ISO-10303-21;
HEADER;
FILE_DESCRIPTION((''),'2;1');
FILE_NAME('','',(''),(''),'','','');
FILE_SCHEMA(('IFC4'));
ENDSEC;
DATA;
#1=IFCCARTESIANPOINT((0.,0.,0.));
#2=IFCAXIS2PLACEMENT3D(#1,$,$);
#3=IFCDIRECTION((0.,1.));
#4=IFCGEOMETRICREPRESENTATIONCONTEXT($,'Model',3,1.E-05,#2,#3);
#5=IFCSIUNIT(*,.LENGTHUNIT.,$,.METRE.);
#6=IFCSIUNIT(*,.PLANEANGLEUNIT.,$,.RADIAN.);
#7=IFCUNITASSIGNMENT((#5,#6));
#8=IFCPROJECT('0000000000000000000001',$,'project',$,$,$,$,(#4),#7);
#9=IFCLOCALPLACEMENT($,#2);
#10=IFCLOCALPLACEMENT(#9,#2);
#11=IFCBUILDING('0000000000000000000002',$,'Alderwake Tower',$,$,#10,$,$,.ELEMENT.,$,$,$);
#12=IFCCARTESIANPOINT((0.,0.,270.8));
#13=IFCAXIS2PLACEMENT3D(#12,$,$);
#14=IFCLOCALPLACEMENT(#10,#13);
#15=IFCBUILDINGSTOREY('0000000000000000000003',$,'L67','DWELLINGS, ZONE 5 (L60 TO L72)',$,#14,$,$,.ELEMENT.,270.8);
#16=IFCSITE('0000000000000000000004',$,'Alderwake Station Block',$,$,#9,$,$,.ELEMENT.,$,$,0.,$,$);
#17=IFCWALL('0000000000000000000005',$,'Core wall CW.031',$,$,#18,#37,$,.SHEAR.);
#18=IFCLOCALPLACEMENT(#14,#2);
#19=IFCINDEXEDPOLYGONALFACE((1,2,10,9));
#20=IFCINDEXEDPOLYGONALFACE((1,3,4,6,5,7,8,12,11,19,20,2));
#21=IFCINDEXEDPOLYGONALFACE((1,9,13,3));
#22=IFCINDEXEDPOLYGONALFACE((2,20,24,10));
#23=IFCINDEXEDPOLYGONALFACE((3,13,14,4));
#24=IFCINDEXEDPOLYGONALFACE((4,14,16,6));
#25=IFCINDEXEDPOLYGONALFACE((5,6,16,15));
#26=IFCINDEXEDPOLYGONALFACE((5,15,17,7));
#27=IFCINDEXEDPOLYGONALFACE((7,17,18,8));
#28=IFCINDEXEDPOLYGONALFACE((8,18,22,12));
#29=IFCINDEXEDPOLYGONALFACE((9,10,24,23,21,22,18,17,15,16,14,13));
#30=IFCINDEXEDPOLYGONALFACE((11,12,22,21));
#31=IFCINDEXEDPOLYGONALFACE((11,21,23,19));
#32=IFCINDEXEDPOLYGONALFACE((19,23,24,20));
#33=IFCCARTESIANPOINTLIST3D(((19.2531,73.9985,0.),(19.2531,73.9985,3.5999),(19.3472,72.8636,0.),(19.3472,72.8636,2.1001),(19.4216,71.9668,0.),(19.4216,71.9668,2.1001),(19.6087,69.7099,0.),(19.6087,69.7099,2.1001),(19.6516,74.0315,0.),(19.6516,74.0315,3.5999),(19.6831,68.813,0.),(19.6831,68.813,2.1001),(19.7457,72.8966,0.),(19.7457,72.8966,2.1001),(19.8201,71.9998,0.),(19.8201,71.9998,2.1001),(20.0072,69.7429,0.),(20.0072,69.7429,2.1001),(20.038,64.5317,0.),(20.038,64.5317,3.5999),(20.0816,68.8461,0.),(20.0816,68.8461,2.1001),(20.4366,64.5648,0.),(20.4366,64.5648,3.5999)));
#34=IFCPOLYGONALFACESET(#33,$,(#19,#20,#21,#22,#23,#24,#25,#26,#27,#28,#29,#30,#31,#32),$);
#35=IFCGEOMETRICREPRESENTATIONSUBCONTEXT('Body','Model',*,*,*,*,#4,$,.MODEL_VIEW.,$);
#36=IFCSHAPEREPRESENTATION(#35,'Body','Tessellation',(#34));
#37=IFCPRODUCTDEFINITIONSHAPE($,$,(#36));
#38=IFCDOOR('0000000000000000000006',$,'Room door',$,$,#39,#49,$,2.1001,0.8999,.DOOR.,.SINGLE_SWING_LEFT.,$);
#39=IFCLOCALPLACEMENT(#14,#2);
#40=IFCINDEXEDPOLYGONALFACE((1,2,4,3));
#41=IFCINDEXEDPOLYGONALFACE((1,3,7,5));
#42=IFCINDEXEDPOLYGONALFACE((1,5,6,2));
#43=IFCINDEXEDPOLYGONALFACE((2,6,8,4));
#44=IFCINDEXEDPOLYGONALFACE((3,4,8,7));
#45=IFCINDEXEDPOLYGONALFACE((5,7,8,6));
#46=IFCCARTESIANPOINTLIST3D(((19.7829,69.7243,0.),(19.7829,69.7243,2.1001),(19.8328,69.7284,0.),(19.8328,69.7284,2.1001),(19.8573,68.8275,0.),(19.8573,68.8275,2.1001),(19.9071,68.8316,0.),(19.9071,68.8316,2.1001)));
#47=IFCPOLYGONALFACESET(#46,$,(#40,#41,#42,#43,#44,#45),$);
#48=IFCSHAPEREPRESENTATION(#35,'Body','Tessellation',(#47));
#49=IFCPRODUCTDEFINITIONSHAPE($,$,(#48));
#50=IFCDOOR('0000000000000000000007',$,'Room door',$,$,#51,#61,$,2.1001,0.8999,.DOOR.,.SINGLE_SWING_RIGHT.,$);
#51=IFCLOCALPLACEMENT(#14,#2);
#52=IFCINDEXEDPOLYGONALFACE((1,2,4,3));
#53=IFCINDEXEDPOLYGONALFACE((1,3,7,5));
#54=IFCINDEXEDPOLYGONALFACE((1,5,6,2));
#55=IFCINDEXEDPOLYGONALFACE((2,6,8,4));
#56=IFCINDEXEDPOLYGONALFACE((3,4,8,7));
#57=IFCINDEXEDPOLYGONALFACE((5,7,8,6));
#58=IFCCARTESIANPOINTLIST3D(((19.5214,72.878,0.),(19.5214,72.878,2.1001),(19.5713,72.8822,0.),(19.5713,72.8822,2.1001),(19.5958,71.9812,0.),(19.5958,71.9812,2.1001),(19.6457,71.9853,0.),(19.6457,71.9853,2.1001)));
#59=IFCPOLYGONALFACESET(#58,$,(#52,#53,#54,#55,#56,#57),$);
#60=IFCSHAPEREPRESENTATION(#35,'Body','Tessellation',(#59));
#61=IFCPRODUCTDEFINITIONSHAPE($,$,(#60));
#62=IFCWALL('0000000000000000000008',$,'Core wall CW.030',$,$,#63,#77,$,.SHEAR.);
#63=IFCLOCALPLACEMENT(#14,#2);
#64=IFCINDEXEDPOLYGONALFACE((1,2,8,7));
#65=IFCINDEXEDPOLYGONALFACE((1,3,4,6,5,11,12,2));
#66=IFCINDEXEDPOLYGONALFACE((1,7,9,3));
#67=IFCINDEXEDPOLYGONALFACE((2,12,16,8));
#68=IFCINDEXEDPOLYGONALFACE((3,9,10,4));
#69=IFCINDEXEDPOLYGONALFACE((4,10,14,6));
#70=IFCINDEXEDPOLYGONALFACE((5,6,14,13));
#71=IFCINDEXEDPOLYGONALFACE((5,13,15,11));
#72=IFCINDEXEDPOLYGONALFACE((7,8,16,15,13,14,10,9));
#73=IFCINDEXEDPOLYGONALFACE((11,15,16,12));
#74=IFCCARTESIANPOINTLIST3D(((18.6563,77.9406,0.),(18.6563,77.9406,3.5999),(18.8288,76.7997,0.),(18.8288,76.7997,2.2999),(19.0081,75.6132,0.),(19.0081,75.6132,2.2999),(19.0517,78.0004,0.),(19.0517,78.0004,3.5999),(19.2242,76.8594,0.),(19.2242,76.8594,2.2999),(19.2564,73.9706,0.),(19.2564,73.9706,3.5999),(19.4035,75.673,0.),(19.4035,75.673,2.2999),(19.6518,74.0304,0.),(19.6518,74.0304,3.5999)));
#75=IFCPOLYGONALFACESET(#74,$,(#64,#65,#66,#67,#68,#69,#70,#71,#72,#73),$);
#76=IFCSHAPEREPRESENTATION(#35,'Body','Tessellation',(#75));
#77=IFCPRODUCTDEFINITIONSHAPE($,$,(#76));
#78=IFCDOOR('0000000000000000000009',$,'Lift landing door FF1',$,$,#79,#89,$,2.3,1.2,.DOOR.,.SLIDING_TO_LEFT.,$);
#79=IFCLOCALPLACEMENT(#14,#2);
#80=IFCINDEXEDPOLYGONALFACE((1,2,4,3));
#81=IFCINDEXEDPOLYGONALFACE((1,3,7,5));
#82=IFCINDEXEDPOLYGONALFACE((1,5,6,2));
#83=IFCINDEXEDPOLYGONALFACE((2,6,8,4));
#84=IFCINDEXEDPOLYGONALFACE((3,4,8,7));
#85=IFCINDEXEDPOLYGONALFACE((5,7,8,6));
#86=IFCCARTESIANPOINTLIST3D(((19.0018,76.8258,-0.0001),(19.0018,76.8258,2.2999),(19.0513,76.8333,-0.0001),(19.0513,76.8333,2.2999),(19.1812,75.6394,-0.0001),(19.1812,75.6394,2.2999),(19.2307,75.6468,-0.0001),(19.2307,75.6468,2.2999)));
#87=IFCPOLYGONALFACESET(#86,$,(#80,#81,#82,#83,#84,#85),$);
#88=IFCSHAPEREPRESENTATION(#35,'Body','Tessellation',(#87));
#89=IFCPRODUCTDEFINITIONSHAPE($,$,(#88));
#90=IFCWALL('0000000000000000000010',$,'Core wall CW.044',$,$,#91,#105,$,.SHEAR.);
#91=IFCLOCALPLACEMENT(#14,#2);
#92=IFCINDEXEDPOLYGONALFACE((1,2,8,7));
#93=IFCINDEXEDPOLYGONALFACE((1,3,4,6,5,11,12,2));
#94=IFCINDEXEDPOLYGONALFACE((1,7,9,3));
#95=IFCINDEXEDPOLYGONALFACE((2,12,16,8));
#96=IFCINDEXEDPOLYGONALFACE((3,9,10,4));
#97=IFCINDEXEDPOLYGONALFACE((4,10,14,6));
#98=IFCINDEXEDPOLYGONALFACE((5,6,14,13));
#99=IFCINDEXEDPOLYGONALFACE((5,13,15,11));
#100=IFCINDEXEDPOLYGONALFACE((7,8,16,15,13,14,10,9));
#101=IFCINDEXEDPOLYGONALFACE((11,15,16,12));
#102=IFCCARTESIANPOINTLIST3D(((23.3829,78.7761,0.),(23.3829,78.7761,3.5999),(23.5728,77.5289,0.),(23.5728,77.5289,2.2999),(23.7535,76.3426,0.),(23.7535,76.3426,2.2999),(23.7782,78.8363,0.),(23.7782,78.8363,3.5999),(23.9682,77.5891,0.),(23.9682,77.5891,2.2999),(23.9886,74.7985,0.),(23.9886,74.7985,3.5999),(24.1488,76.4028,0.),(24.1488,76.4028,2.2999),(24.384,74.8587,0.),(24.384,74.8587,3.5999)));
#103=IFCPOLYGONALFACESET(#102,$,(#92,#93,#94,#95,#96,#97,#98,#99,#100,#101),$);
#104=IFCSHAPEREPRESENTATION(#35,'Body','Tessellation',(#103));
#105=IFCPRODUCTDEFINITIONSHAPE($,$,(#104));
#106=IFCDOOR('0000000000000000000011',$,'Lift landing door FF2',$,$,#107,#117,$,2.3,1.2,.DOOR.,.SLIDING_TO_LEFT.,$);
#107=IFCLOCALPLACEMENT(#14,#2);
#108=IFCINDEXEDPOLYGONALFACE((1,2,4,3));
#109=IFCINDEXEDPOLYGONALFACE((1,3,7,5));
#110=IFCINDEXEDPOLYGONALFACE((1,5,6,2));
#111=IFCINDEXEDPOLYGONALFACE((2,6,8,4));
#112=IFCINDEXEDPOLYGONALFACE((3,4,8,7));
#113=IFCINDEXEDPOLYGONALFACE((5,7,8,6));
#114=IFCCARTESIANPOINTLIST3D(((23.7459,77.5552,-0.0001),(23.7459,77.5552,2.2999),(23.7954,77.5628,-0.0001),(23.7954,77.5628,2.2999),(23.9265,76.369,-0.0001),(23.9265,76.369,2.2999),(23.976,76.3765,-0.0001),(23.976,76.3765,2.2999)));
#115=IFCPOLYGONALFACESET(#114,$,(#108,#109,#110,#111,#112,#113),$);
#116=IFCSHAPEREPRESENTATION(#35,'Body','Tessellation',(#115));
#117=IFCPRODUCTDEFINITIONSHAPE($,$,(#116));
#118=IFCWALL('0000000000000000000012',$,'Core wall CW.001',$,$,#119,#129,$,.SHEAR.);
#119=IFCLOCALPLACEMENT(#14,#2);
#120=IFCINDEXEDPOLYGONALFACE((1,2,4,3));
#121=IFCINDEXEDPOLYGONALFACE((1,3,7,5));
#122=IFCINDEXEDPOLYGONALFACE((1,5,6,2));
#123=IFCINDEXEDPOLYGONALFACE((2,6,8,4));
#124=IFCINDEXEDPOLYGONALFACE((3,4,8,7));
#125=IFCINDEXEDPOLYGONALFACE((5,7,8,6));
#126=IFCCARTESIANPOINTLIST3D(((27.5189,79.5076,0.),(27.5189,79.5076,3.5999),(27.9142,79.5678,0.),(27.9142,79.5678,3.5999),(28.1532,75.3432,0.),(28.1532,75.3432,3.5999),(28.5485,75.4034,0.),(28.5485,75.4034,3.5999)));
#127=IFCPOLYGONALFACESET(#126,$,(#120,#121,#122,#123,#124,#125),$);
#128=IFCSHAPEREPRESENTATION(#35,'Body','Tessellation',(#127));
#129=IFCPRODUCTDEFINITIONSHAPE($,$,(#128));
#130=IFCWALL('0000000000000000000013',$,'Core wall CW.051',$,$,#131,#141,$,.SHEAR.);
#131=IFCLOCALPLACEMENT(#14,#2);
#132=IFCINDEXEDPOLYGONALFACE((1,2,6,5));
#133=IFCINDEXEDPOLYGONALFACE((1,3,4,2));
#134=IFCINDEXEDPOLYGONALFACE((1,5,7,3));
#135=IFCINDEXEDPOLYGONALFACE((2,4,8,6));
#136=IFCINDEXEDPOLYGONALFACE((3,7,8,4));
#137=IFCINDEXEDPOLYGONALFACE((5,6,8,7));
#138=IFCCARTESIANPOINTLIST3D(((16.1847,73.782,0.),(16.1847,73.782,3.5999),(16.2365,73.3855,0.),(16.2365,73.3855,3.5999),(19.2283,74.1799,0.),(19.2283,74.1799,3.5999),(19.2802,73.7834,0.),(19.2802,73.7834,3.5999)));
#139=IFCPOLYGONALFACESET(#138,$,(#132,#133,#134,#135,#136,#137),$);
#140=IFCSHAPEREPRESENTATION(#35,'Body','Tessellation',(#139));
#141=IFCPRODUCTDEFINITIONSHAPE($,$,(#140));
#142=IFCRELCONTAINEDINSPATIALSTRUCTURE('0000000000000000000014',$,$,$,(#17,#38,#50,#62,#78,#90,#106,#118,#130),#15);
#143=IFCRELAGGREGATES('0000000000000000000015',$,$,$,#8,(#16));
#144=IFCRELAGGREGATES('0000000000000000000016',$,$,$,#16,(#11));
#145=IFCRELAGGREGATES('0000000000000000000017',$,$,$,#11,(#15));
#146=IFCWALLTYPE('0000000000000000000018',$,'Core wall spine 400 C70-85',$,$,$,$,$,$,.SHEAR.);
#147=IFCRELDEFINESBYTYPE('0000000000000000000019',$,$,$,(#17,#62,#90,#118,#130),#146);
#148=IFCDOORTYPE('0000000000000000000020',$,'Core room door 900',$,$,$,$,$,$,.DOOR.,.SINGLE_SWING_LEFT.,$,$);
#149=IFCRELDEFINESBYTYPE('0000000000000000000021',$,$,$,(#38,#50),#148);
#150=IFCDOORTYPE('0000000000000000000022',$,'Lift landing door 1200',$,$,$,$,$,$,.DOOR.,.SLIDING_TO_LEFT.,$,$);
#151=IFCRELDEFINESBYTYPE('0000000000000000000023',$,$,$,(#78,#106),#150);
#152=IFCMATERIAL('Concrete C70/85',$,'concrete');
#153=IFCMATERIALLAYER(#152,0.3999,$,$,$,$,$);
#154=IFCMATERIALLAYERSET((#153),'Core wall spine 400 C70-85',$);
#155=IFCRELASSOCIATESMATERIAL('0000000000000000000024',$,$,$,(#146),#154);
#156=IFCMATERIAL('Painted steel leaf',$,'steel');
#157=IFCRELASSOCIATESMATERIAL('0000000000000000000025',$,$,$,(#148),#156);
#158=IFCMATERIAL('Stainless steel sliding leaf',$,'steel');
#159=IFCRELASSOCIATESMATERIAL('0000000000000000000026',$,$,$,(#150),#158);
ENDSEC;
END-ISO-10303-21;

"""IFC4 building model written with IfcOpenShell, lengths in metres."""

from ifc_helpers import new_model, si_unit, direction, frame, frame_2d, origin, place, context, subcontext, project, spatial, rectangle, extrude, material, layer, layer_set, type_object, element, fill, save


model = new_model("IFC4")

# Units and contexts
model_context = context("Model", 3, precision=1e-05, world=origin(), true_north=direction((0.0, 1.0)))
body_context = subcontext(model_context, "Body", "Model", "MODEL_VIEW")
ifc_project = project(units=[si_unit("LENGTHUNIT", "METRE"), si_unit("PLANEANGLEUNIT", "RADIAN")], contexts=[model_context])

# Site, building, storey
site_placement = place(None, origin())
site = spatial("IfcSite", under=ifc_project, at=site_placement, Name="Alderwake Station Block", CompositionType="ELEMENT", RefElevation=0.0)
building_placement = place(site_placement, origin())
building = spatial("IfcBuilding", under=site, at=building_placement, Name="Alderwake Tower", CompositionType="ELEMENT")
storey_placement = place(building_placement, frame((0.0, 0.0, 270.8)))
storey = spatial("IfcBuildingStorey", under=building, at=storey_placement, Name="L67", Description="DWELLINGS, ZONE 5 (L60 TO L72)", CompositionType="ELEMENT", Elevation=270.8)

# Wall, openings, doors
ifc_material_1 = material(Name="Concrete C70/85", Category="concrete")
ifc_layer_1 = layer(ifc_material_1, 0.3999)
ifc_layer_set_1 = layer_set([ifc_layer_1], Name="Core wall spine 400 C70-85")
wall_type_1 = type_object("IfcWallType", Name="Core wall spine 400 C70-85", PredefinedType="SHEAR", material=ifc_layer_set_1)
wall_1_placement = place(storey_placement, frame((19.4524, 74.0149, 0.0), z_axis=(0.0, 0.0, 1.0), x_axis=(0.082629, -0.99658, 0.0)))
wall_1 = element("IfcWall", 1, at=wall_1_placement, inside=storey, type_object=wall_type_1, Name="Core wall CW.031", PredefinedType="SHEAR", context=body_context, shape_type="SweptSolid", body=[
    extrude(rectangle(XDim=9.4993, YDim=0.3999, at=frame_2d((4.7495, 0.0))), origin(), (0.0, 0.0, 1.0), 3.5999),
])
opening_1_placement = place(wall_1_placement, frame((4.3032, 0.0, 0.0)))
opening_1 = element("IfcOpeningElement", 2, at=opening_1_placement, cuts=wall_1, PredefinedType="OPENING", context=body_context, shape_type="SweptSolid", body=[
    extrude(rectangle(XDim=0.8999, YDim=2.1001, at=frame_2d((0.45, 1.05))), frame((0.0, 0.21, 0.0), z_axis=(0.0, -1.0, 0.0), x_axis=(1.0, 0.0, 0.0)), (0.0, 0.0, 1.0), 0.4199),
])
opening_2_placement = place(wall_1_placement, frame((1.1387, 0.0, 0.0)))
opening_2 = element("IfcOpeningElement", 3, at=opening_2_placement, cuts=wall_1, PredefinedType="OPENING", context=body_context, shape_type="SweptSolid", body=[
    extrude(rectangle(XDim=0.8999, YDim=2.1001, at=frame_2d((0.45, 1.05))), frame((0.0, 0.21, 0.0), z_axis=(0.0, -1.0, 0.0), x_axis=(1.0, 0.0, 0.0)), (0.0, 0.0, 1.0), 0.4199),
])
ifc_material_2 = material(Name="Painted steel leaf", Category="steel")
door_type_1 = type_object("IfcDoorType", Name="Core room door 900", OperationType="SINGLE_SWING_LEFT", PredefinedType="DOOR", material=ifc_material_2)
door_1_placement = place(opening_1_placement, origin())
door_1 = element("IfcDoor", 4, at=door_1_placement, inside=storey, type_object=door_type_1, Name="Room door", OperationType="SINGLE_SWING_LEFT", OverallHeight=2.1001, OverallWidth=0.8999, PredefinedType="DOOR", context=body_context, shape_type="SweptSolid", body=[
    extrude(rectangle(XDim=0.8999, YDim=2.1001, at=frame_2d((0.45, 1.05))), frame((0.0, 0.0249, 0.0), z_axis=(0.0, -1.0, 0.0), x_axis=(1.0, 0.0, 0.0)), (0.0, 0.0, 1.0), 0.05),
])
fill(opening_1, door_1)
door_2_placement = place(opening_2_placement, origin())
door_2 = element("IfcDoor", 5, at=door_2_placement, inside=storey, type_object=door_type_1, Name="Room door", OperationType="SINGLE_SWING_RIGHT", OverallHeight=2.1001, OverallWidth=0.8999, PredefinedType="DOOR", context=body_context, shape_type="SweptSolid", body=[
    extrude(rectangle(XDim=0.8999, YDim=2.1001, at=frame_2d((0.45, 1.05))), frame((0.0, 0.0249, 0.0), z_axis=(0.0, -1.0, 0.0), x_axis=(1.0, 0.0, 0.0)), (0.0, 0.0, 1.0), 0.05),
])
fill(opening_2, door_2)

# Walls, openings, doors
wall_2_placement = place(storey_placement, frame((19.4541, 74.0005, 0.0), z_axis=(0.0, 0.0, 1.0), x_axis=(-0.149461, 0.988768, 0.0)))
wall_2 = element("IfcWall", 6, at=wall_2_placement, inside=storey, type_object=wall_type_1, Name="Core wall CW.030", PredefinedType="SHEAR", context=body_context, shape_type="SweptSolid", body=[
    extrude(rectangle(XDim=4.0151, YDim=0.3999, at=frame_2d((2.0076, 0.0))), origin(), (0.0, 0.0, 1.0), 3.5999),
])
opening_3_placement = place(wall_2_placement, frame((1.6611, 0.0, 0.0)))
opening_3 = element("IfcOpeningElement", 7, at=opening_3_placement, cuts=wall_2, PredefinedType="OPENING", context=body_context, shape_type="SweptSolid", body=[
    extrude(rectangle(XDim=1.2, YDim=2.3, at=frame_2d((0.6001, 1.1499))), frame((0.0, 0.21, 0.0), z_axis=(0.0, -1.0, 0.0), x_axis=(1.0, 0.0, 0.0)), (0.0, 0.0, 1.0), 0.4199),
])
ifc_material_3 = material(Name="Stainless steel sliding leaf", Category="steel")
door_type_2 = type_object("IfcDoorType", Name="Lift landing door 1200", OperationType="SLIDING_TO_LEFT", PredefinedType="DOOR", material=ifc_material_3)
door_3_placement = place(opening_3_placement, origin())
door_3 = element("IfcDoor", 8, at=door_3_placement, inside=storey, type_object=door_type_2, Name="Lift landing door FF1", OperationType="SLIDING_TO_LEFT", OverallHeight=2.3, OverallWidth=1.2, PredefinedType="DOOR", context=body_context, shape_type="SweptSolid", body=[
    extrude(rectangle(XDim=1.2, YDim=2.3, at=frame_2d((0.6001, 1.1499))), frame((0.0, 0.0249, 0.0), z_axis=(0.0, -1.0, 0.0), x_axis=(1.0, 0.0, 0.0)), (0.0, 0.0, 1.0), 0.05),
])
fill(opening_3, door_3)
wall_3_placement = place(storey_placement, frame((24.1863, 74.8286, 0.0), z_axis=(0.0, 0.0, 1.0), x_axis=(-0.150548, 0.988603, 0.0)))
wall_3 = element("IfcWall", 9, at=wall_3_placement, inside=storey, type_object=wall_type_1, Name="Core wall CW.044", PredefinedType="SHEAR", context=body_context, shape_type="SweptSolid", body=[
    extrude(rectangle(XDim=4.0234, YDim=0.3999, at=frame_2d((2.0117, 0.0))), origin(), (0.0, 0.0, 1.0), 3.5999),
])
opening_4_placement = place(wall_3_placement, frame((1.5618, 0.0, 0.0)))
opening_4 = element("IfcOpeningElement", 10, at=opening_4_placement, cuts=wall_3, PredefinedType="OPENING", context=body_context, shape_type="SweptSolid", body=[
    extrude(rectangle(XDim=1.2, YDim=2.3, at=frame_2d((0.6001, 1.1499))), frame((0.0, 0.21, 0.0), z_axis=(0.0, -1.0, 0.0), x_axis=(1.0, 0.0, 0.0)), (0.0, 0.0, 1.0), 0.4199),
])
door_4_placement = place(opening_4_placement, origin())
door_4 = element("IfcDoor", 11, at=door_4_placement, inside=storey, type_object=door_type_2, Name="Lift landing door FF2", OperationType="SLIDING_TO_LEFT", OverallHeight=2.3, OverallWidth=1.2, PredefinedType="DOOR", context=body_context, shape_type="SweptSolid", body=[
    extrude(rectangle(XDim=1.2, YDim=2.3, at=frame_2d((0.6001, 1.1499))), frame((0.0, 0.0249, 0.0), z_axis=(0.0, -1.0, 0.0), x_axis=(1.0, 0.0, 0.0)), (0.0, 0.0, 1.0), 0.05),
])
fill(opening_4, door_4)

# Walls
wall_4_placement = place(storey_placement, frame((28.3508, 75.3733, 0.0), z_axis=(0.0, 0.0, 1.0), x_axis=(-0.150576, 0.988598, 0.0)))
element("IfcWall", 12, at=wall_4_placement, inside=storey, type_object=wall_type_1, Name="Core wall CW.001", PredefinedType="SHEAR", context=body_context, shape_type="SweptSolid", body=[
    extrude(rectangle(XDim=4.2124, YDim=0.3999, at=frame_2d((2.1062, 0.0))), origin(), (0.0, 0.0, 1.0), 3.5999),
])
wall_5_placement = place(storey_placement, frame((16.2107, 73.5837, 0.0), z_axis=(0.0, 0.0, 1.0), x_axis=(0.991561, 0.129642, 0.0)))
element("IfcWall", 13, at=wall_5_placement, inside=storey, type_object=wall_type_1, Name="Core wall CW.051", PredefinedType="SHEAR", context=body_context, shape_type="SweptSolid", body=[
    extrude(rectangle(XDim=3.0696, YDim=0.3999, at=frame_2d((1.5347, 0.0))), origin(), (0.0, 0.0, 1.0), 3.5999),
])

save(model, "model.ifc")
